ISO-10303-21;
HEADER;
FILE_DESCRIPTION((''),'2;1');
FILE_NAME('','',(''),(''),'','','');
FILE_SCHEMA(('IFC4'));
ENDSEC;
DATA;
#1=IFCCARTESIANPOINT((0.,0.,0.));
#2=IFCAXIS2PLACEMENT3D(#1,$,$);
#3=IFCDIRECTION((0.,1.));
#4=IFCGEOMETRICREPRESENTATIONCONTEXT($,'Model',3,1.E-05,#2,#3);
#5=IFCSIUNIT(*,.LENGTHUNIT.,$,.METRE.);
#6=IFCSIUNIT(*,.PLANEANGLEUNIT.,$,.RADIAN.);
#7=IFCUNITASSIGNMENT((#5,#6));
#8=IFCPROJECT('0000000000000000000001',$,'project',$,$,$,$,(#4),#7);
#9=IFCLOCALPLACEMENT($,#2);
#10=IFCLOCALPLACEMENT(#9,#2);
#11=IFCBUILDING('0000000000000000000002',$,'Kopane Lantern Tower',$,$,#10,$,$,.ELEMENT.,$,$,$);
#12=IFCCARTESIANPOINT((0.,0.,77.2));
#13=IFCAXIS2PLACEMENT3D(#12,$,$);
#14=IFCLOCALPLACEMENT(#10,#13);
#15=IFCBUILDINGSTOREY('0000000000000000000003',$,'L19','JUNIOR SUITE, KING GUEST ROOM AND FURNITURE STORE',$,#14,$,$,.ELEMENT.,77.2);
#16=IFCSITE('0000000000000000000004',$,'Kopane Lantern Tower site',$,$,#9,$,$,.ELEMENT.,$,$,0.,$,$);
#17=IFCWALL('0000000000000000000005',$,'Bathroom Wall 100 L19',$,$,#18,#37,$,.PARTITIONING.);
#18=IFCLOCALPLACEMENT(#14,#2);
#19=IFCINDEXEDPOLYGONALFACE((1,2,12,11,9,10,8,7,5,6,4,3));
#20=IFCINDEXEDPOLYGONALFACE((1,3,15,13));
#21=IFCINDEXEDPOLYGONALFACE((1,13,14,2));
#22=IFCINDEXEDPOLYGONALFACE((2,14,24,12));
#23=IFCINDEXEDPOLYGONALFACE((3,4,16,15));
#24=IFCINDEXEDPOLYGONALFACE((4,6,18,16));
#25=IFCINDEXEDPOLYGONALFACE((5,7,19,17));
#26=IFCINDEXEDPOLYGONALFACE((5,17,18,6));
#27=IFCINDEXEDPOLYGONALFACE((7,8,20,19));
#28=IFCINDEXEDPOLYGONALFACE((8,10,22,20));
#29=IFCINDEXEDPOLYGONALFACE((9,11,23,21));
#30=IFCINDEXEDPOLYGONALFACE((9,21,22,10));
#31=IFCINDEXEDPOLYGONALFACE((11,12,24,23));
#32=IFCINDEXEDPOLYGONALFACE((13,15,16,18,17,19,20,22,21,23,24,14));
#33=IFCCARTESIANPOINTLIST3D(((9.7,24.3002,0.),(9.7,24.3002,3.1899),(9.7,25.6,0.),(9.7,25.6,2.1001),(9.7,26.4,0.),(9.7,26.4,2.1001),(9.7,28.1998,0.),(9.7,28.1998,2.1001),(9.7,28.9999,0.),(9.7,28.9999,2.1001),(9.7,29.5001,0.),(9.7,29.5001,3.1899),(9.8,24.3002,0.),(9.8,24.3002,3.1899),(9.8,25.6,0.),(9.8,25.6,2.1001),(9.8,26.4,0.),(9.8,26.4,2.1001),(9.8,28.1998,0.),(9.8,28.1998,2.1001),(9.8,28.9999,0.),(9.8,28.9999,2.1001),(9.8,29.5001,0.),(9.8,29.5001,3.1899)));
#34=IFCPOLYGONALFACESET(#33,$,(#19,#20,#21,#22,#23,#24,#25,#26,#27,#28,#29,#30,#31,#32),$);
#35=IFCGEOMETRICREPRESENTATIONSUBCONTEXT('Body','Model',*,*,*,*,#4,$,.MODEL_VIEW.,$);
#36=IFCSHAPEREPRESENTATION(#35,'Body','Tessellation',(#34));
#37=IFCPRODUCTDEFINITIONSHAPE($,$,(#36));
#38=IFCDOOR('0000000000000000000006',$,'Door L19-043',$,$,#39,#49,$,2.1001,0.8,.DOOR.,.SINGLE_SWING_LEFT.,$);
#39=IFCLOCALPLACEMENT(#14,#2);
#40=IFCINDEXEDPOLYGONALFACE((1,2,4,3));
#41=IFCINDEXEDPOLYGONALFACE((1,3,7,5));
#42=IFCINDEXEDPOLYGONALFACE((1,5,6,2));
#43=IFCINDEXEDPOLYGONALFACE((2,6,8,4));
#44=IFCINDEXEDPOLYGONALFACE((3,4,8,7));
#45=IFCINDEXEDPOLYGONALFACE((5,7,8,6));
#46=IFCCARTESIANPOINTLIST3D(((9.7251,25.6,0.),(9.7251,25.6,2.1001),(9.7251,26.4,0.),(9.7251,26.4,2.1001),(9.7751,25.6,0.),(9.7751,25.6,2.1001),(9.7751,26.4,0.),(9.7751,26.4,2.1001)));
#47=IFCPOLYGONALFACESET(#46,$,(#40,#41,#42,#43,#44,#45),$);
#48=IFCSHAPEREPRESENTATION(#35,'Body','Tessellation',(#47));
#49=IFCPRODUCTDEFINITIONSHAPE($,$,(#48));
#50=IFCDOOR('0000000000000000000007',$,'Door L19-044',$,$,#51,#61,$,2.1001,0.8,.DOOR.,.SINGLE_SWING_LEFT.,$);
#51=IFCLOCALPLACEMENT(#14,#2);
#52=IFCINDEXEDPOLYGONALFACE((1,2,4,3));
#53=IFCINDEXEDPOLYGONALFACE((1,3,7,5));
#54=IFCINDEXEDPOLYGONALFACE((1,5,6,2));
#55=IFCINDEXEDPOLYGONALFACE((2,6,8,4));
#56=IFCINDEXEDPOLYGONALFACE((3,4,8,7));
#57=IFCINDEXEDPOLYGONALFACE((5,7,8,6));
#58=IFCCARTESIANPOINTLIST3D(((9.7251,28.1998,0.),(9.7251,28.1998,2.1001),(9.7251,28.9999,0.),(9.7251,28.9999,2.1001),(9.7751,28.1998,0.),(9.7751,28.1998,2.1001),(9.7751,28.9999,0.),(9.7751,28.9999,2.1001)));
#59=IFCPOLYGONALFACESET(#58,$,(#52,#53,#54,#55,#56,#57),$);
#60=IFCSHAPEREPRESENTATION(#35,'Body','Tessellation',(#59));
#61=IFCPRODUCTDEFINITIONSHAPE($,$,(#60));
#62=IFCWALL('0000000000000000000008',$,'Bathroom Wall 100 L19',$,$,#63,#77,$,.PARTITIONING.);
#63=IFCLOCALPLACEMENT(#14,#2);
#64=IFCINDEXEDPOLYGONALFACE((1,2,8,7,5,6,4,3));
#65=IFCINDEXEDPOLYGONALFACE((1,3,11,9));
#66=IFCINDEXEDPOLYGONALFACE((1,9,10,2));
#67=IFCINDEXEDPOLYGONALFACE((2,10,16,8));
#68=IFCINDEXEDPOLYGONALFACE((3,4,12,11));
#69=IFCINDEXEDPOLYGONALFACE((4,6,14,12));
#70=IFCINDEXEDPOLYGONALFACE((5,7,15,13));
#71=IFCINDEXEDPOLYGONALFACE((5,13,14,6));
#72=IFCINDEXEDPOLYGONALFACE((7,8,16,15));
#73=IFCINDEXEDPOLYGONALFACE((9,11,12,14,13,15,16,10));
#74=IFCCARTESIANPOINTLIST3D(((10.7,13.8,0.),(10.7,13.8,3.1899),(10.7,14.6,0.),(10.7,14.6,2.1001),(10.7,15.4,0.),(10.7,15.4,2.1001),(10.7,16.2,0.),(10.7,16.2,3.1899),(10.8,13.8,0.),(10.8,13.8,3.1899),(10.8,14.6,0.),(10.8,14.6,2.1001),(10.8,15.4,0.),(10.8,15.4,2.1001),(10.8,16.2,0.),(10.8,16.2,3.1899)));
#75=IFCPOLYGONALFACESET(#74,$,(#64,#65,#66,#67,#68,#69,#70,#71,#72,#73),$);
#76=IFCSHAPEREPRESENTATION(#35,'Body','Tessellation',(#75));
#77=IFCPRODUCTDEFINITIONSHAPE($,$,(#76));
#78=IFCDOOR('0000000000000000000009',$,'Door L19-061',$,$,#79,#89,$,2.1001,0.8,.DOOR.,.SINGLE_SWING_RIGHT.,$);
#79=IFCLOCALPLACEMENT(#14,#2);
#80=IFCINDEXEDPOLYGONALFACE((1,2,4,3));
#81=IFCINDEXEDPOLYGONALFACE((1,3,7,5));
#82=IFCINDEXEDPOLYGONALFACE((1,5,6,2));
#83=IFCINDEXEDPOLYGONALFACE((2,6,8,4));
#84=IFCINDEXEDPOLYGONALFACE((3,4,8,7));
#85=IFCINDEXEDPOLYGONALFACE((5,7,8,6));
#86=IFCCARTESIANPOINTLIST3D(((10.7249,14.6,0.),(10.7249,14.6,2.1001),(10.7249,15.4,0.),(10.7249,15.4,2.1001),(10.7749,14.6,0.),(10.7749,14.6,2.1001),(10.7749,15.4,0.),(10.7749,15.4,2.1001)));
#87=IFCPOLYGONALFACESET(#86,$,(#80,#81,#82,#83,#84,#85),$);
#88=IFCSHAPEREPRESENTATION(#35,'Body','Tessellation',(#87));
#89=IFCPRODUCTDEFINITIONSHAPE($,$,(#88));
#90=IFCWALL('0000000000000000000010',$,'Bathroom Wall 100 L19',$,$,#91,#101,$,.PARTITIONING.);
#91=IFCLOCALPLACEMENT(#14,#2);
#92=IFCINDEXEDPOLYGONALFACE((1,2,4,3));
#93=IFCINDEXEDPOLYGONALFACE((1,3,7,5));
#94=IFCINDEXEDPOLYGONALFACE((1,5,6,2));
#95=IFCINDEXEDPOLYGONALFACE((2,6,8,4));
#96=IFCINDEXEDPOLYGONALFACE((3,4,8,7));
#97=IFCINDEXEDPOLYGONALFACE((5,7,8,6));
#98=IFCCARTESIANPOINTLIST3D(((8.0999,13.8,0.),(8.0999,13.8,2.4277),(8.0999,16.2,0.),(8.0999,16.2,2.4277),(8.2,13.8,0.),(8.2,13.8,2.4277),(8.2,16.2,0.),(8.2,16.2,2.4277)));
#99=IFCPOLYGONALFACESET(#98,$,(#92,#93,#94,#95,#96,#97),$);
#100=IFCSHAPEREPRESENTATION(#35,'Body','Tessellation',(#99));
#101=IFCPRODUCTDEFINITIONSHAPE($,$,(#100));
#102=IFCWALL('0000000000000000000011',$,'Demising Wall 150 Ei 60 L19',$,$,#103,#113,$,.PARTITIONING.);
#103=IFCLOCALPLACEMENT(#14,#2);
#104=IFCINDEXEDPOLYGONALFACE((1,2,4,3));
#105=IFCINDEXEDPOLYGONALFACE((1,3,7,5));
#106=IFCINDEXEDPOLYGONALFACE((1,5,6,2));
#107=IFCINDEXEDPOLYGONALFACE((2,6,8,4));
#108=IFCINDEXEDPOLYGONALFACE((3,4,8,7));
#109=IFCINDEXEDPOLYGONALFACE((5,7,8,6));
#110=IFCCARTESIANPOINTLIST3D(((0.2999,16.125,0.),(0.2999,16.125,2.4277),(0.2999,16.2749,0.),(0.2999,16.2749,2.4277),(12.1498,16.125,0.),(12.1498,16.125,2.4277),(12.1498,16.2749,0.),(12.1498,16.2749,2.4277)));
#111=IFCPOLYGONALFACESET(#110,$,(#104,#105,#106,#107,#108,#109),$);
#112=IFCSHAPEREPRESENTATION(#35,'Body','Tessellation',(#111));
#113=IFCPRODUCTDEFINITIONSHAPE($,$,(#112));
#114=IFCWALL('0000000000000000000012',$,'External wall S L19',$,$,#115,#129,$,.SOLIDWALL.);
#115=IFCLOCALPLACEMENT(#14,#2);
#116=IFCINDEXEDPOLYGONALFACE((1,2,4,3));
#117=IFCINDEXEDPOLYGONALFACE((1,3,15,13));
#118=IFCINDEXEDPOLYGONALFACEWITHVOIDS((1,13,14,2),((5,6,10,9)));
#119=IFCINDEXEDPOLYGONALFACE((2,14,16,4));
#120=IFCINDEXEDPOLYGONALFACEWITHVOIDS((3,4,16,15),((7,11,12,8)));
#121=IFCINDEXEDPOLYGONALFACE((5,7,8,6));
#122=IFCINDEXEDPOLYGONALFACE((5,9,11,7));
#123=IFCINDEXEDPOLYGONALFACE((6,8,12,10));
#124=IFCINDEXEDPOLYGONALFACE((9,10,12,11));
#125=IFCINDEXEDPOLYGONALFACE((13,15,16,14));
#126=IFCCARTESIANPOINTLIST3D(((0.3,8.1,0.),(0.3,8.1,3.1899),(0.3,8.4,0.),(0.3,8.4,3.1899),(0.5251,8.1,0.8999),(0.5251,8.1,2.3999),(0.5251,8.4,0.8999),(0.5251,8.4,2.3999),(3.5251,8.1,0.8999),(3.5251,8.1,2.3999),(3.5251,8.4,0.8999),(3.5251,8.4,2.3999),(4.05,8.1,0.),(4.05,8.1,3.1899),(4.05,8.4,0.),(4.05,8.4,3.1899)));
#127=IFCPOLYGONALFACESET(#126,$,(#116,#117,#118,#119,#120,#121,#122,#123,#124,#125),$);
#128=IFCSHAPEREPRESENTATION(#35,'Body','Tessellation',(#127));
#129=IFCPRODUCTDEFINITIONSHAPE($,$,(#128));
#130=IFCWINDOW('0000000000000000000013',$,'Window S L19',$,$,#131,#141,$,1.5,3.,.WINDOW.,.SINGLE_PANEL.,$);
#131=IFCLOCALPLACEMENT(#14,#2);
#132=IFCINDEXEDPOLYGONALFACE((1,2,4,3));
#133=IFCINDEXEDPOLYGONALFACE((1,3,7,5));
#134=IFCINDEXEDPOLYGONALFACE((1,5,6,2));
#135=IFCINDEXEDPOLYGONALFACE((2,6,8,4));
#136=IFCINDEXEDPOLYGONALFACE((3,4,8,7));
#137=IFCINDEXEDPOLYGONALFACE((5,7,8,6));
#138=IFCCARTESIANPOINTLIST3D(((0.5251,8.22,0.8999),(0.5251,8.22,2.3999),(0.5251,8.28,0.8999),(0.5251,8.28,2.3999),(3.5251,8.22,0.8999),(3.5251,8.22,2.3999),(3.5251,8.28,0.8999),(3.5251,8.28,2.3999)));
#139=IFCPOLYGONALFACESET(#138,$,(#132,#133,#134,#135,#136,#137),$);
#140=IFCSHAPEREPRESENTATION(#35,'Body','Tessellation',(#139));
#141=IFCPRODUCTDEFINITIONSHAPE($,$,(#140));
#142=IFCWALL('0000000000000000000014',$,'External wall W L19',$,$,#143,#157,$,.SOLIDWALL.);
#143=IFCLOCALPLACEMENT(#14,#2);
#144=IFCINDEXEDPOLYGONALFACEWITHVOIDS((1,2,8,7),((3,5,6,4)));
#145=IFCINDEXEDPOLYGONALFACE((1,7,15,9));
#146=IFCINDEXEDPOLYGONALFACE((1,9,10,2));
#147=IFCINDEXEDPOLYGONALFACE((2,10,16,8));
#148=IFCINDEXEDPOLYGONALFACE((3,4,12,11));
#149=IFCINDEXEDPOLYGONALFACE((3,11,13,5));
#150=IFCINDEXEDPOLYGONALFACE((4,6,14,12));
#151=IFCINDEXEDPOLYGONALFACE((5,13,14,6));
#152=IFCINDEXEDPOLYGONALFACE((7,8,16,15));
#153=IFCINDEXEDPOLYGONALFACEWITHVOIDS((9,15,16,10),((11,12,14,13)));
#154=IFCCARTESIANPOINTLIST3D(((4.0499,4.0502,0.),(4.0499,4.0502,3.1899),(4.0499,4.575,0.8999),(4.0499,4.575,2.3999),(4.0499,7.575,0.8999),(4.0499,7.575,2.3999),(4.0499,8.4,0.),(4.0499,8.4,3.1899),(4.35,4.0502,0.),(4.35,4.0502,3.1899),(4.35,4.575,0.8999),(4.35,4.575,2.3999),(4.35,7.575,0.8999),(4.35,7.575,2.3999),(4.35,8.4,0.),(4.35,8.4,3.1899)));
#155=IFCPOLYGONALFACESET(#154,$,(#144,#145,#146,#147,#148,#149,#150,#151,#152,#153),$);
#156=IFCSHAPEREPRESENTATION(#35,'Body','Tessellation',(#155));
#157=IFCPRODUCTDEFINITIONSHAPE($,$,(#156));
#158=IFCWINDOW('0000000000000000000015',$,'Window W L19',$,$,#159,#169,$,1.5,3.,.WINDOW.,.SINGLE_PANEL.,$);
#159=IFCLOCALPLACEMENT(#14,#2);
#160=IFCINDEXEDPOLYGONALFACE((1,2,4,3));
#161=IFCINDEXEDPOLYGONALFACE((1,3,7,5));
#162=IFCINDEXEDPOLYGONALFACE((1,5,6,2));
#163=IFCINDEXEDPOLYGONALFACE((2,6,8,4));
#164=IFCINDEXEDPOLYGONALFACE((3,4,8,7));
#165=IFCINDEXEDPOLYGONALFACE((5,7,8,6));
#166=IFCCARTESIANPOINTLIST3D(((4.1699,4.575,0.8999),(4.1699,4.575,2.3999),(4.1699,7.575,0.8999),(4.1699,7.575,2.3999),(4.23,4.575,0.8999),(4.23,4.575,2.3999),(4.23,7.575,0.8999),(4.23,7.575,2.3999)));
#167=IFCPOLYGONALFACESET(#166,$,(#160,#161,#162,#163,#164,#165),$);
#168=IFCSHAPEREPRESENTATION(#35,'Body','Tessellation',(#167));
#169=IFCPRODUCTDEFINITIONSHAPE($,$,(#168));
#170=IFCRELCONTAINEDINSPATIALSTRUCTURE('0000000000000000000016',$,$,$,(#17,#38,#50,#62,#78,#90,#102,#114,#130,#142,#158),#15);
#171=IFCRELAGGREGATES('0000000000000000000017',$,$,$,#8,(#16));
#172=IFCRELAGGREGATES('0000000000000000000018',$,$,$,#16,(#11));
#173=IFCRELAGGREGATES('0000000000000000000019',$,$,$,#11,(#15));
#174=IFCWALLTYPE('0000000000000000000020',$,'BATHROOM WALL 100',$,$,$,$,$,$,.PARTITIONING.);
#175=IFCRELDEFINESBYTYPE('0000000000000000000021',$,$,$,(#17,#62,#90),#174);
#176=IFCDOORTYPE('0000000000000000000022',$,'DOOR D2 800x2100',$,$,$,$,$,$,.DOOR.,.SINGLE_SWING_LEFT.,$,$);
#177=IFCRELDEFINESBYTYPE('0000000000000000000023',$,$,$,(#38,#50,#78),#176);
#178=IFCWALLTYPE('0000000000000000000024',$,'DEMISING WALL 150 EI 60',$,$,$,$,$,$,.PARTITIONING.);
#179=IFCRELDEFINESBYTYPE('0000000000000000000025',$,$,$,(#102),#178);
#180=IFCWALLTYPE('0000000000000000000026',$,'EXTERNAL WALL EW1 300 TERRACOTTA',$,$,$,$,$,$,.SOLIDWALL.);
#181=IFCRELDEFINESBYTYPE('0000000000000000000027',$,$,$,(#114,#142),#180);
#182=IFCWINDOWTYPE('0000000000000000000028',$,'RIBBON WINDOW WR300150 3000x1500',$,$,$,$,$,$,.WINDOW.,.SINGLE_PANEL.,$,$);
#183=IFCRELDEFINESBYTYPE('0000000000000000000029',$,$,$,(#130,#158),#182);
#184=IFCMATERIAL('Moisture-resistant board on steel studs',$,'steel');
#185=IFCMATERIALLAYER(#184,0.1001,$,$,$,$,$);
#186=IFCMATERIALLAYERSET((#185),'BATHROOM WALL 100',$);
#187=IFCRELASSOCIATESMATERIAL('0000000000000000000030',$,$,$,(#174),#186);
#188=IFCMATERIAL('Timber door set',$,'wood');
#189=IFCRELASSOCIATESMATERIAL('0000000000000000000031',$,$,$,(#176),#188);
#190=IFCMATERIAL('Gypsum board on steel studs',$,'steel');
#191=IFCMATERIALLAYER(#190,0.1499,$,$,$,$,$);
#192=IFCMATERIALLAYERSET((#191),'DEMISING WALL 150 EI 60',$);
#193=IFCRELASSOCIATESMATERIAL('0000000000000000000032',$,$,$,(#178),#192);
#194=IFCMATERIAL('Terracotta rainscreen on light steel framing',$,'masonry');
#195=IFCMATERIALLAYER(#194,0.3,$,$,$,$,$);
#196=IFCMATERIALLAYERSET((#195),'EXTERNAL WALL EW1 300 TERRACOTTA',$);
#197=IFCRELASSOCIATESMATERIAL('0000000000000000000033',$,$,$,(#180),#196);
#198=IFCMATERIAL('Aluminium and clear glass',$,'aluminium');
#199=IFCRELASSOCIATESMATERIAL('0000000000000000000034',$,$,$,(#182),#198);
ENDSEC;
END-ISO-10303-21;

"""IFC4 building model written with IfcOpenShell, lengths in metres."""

from ifc_helpers import new_model, si_unit, direction, frame, frame_2d, origin, place, context, subcontext, project, spatial, rectangle, extrude, material, layer, layer_set, type_object, element, fill, save


model = new_model("IFC4")

# Units and contexts
model_context = context("Model", 3, precision=1e-05, world=origin(), true_north=direction((0.0, 1.0)))
body_context = subcontext(model_context, "Body", "Model", "MODEL_VIEW")
ifc_project = project(units=[si_unit("LENGTHUNIT", "METRE"), si_unit("PLANEANGLEUNIT", "RADIAN")], contexts=[model_context])

# Site, building, storey
site_placement = place(None, origin())
site = spatial("IfcSite", under=ifc_project, at=site_placement, Name="Kopane Lantern Tower site", CompositionType="ELEMENT", RefElevation=0.0)
building_placement = place(site_placement, origin())
building = spatial("IfcBuilding", under=site, at=building_placement, Name="Kopane Lantern Tower", CompositionType="ELEMENT")
storey_placement = place(building_placement, frame((0.0, 0.0, 77.2)))
storey = spatial("IfcBuildingStorey", under=building, at=storey_placement, Name="L19", Description="JUNIOR SUITE, KING GUEST ROOM AND FURNITURE STORE", CompositionType="ELEMENT", Elevation=77.2)

# Shared definitions
ifc_material_1 = material(Name="Moisture-resistant board on steel studs", Category="steel")
ifc_layer_1 = layer(ifc_material_1, 0.1001)
ifc_layer_set_1 = layer_set([ifc_layer_1], Name="BATHROOM WALL 100")
wall_type_1 = type_object("IfcWallType", Name="BATHROOM WALL 100", PredefinedType="PARTITIONING", material=ifc_layer_set_1)

# Wall, openings, doors
wall_1_placement = place(storey_placement, frame((9.75, 24.3, 0.0), z_axis=(0.0, 0.0, 1.0), x_axis=(0.0, 1.0, 0.0)))
wall_1 = element("IfcWall", 1, at=wall_1_placement, inside=storey, type_object=wall_type_1, Name="Bathroom Wall 100 L19", PredefinedType="PARTITIONING", context=body_context, shape_type="SweptSolid", body=[
    extrude(rectangle(XDim=5.2, YDim=0.1001, at=frame_2d((2.6001, 0.0))), origin(), (0.0, 0.0, 1.0), 3.1899),
])
opening_1_placement = place(wall_1_placement, frame((1.3, 0.0, 0.0)))
opening_1 = element("IfcOpeningElement", 2, at=opening_1_placement, cuts=wall_1, PredefinedType="OPENING", context=body_context, shape_type="SweptSolid", body=[
    extrude(rectangle(XDim=0.8, YDim=2.1001, at=frame_2d((0.3999, 1.05))), frame((0.0, 0.0601, 0.0), z_axis=(0.0, -1.0, 0.0), x_axis=(1.0, 0.0, 0.0)), (0.0, 0.0, 1.0), 0.1201),
])
opening_2_placement = place(wall_1_placement, frame((3.8999, 0.0, 0.0)))
opening_2 = element("IfcOpeningElement", 3, at=opening_2_placement, cuts=wall_1, PredefinedType="OPENING", context=body_context, shape_type="SweptSolid", body=[
    extrude(rectangle(XDim=0.8, YDim=2.1001, at=frame_2d((0.3999, 1.05))), frame((0.0, 0.0601, 0.0), z_axis=(0.0, -1.0, 0.0), x_axis=(1.0, 0.0, 0.0)), (0.0, 0.0, 1.0), 0.1201),
])
ifc_material_2 = material(Name="Timber door set", Category="wood")
door_type_1 = type_object("IfcDoorType", Name="DOOR D2 800x2100", OperationType="SINGLE_SWING_LEFT", PredefinedType="DOOR", material=ifc_material_2)
door_1_placement = place(opening_1_placement, origin())
door_1 = element("IfcDoor", 4, at=door_1_placement, inside=storey, type_object=door_type_1, Name="Door L19-043", OperationType="SINGLE_SWING_LEFT", OverallHeight=2.1001, OverallWidth=0.8, PredefinedType="DOOR", context=body_context, shape_type="SweptSolid", body=[
    extrude(rectangle(XDim=0.8, YDim=2.1001, at=frame_2d((0.3999, 1.05))), frame((0.0, 0.0249, 0.0), z_axis=(0.0, -1.0, 0.0), x_axis=(1.0, 0.0, 0.0)), (0.0, 0.0, 1.0), 0.05),
])
fill(opening_1, door_1)
door_2_placement = place(opening_2_placement, origin())
door_2 = element("IfcDoor", 5, at=door_2_placement, inside=storey, type_object=door_type_1, Name="Door L19-044", OperationType="SINGLE_SWING_LEFT", OverallHeight=2.1001, OverallWidth=0.8, PredefinedType="DOOR", context=body_context, shape_type="SweptSolid", body=[
    extrude(rectangle(XDim=0.8, YDim=2.1001, at=frame_2d((0.3999, 1.05))), frame((0.0, 0.0249, 0.0), z_axis=(0.0, -1.0, 0.0), x_axis=(1.0, 0.0, 0.0)), (0.0, 0.0, 1.0), 0.05),
])
fill(opening_2, door_2)

# Wall, opening, door
wall_2_placement = place(storey_placement, frame((10.75, 16.2, 0.0), z_axis=(0.0, 0.0, 1.0), x_axis=(0.0, -1.0, 0.0)))
wall_2 = element("IfcWall", 6, at=wall_2_placement, inside=storey, type_object=wall_type_1, Name="Bathroom Wall 100 L19", PredefinedType="PARTITIONING", context=body_context, shape_type="SweptSolid", body=[
    extrude(rectangle(XDim=2.3999, YDim=0.1001, at=frame_2d((1.2, 0.0))), origin(), (0.0, 0.0, 1.0), 3.1899),
])
opening_3_placement = place(wall_2_placement, frame((0.8, 0.0, 0.0)))
opening_3 = element("IfcOpeningElement", 7, at=opening_3_placement, cuts=wall_2, PredefinedType="OPENING", context=body_context, shape_type="SweptSolid", body=[
    extrude(rectangle(XDim=0.8, YDim=2.1001, at=frame_2d((0.3999, 1.05))), frame((0.0, 0.0601, 0.0), z_axis=(0.0, -1.0, 0.0), x_axis=(1.0, 0.0, 0.0)), (0.0, 0.0, 1.0), 0.1201),
])
door_3_placement = place(opening_3_placement, origin())
door_3 = element("IfcDoor", 8, at=door_3_placement, inside=storey, type_object=door_type_1, Name="Door L19-061", OperationType="SINGLE_SWING_RIGHT", OverallHeight=2.1001, OverallWidth=0.8, PredefinedType="DOOR", context=body_context, shape_type="SweptSolid", body=[
    extrude(rectangle(XDim=0.8, YDim=2.1001, at=frame_2d((0.3999, 1.05))), frame((0.0, 0.0249, 0.0), z_axis=(0.0, -1.0, 0.0), x_axis=(1.0, 0.0, 0.0)), (0.0, 0.0, 1.0), 0.05),
])
fill(opening_3, door_3)

# Walls
wall_3_placement = place(storey_placement, frame((8.1499, 16.2, 0.0), z_axis=(0.0, 0.0, 1.0), x_axis=(0.0, -1.0, 0.0)))
element("IfcWall", 9, at=wall_3_placement, inside=storey, type_object=wall_type_1, Name="Bathroom Wall 100 L19", PredefinedType="PARTITIONING", context=body_context, shape_type="SweptSolid", body=[
    extrude(rectangle(XDim=2.3999, YDim=0.1001, at=frame_2d((1.2, 0.0))), origin(), (0.0, 0.0, 1.0), 2.4277),
])
ifc_material_3 = material(Name="Gypsum board on steel studs", Category="steel")
ifc_layer_2 = layer(ifc_material_3, 0.1499)
ifc_layer_set_2 = layer_set([ifc_layer_2], Name="DEMISING WALL 150 EI 60")
wall_type_2 = type_object("IfcWallType", Name="DEMISING WALL 150 EI 60", PredefinedType="PARTITIONING", material=ifc_layer_set_2)
wall_4_placement = place(storey_placement, frame((0.3, 16.2, 0.0), z_axis=(0.0, 0.0, 1.0), x_axis=(1.0, 0.0, 0.0)))
element("IfcWall", 10, at=wall_4_placement, inside=storey, type_object=wall_type_2, Name="Demising Wall 150 Ei 60 L19", PredefinedType="PARTITIONING", context=body_context, shape_type="SweptSolid", body=[
    extrude(rectangle(XDim=11.8499, YDim=0.1499, at=frame_2d((5.9248, 0.0))), origin(), (0.0, 0.0, 1.0), 2.4277),
])

# Walls, openings, windows
ifc_material_4 = material(Name="Terracotta rainscreen on light steel framing", Category="masonry")
ifc_layer_3 = layer(ifc_material_4, 0.3)
ifc_layer_set_3 = layer_set([ifc_layer_3], Name="EXTERNAL WALL EW1 300 TERRACOTTA")
wall_type_3 = type_object("IfcWallType", Name="EXTERNAL WALL EW1 300 TERRACOTTA", PredefinedType="SOLIDWALL", material=ifc_layer_set_3)
wall_5_placement = place(storey_placement, frame((0.3, 8.25, 0.0), z_axis=(0.0, 0.0, 1.0), x_axis=(1.0, 0.0, 0.0)))
wall_5 = element("IfcWall", 11, at=wall_5_placement, inside=storey, type_object=wall_type_3, Name="External wall S L19", PredefinedType="SOLIDWALL", context=body_context, shape_type="SweptSolid", body=[
    extrude(rectangle(XDim=3.75, YDim=0.3, at=frame_2d((1.875, 0.0))), origin(), (0.0, 0.0, 1.0), 3.1899),
])
opening_4_placement = place(wall_5_placement, frame((0.2251, 0.0, 0.8999)))
opening_4 = element("IfcOpeningElement", 12, at=opening_4_placement, cuts=wall_5, PredefinedType="OPENING", context=body_context, shape_type="SweptSolid", body=[
    extrude(rectangle(XDim=3.0, YDim=1.5, at=frame_2d((1.5, 0.75))), frame((0.0, 0.1599, 0.0), z_axis=(0.0, -1.0, 0.0), x_axis=(1.0, 0.0, 0.0)), (0.0, 0.0, 1.0), 0.3201),
])
ifc_material_5 = material(Name="Aluminium and clear glass", Category="aluminium")
window_type = type_object("IfcWindowType", Name="RIBBON WINDOW WR300150 3000x1500", PartitioningType="SINGLE_PANEL", PredefinedType="WINDOW", material=ifc_material_5)
window_1_placement = place(opening_4_placement, origin())
window_1 = element("IfcWindow", 13, at=window_1_placement, inside=storey, type_object=window_type, Name="Window S L19", OverallHeight=1.5, OverallWidth=3.0, PartitioningType="SINGLE_PANEL", PredefinedType="WINDOW", context=body_context, shape_type="SweptSolid", body=[
    extrude(rectangle(XDim=3.0, YDim=1.5, at=frame_2d((1.5, 0.75))), frame((0.0, 0.03, 0.0), z_axis=(0.0, -1.0, 0.0), x_axis=(1.0, 0.0, 0.0)), (0.0, 0.0, 1.0), 0.0601),
])
fill(opening_4, window_1)
wall_6_placement = place(storey_placement, frame((4.2, 8.3999, 0.0), z_axis=(0.0, 0.0, 1.0), x_axis=(0.0, -1.0, 0.0)))
wall_6 = element("IfcWall", 14, at=wall_6_placement, inside=storey, type_object=wall_type_3, Name="External wall W L19", PredefinedType="SOLIDWALL", context=body_context, shape_type="SweptSolid", body=[
    extrude(rectangle(XDim=4.3499, YDim=0.3, at=frame_2d((2.1748, 0.0))), origin(), (0.0, 0.0, 1.0), 3.1899),
])
opening_5_placement = place(wall_6_placement, frame((0.825, 0.0, 0.8999)))
opening_5 = element("IfcOpeningElement", 15, at=opening_5_placement, cuts=wall_6, PredefinedType="OPENING", context=body_context, shape_type="SweptSolid", body=[
    extrude(rectangle(XDim=3.0, YDim=1.5, at=frame_2d((1.5, 0.75))), frame((0.0, 0.1599, 0.0), z_axis=(0.0, -1.0, 0.0), x_axis=(1.0, 0.0, 0.0)), (0.0, 0.0, 1.0), 0.3201),
])
window_2_placement = place(opening_5_placement, origin())
window_2 = element("IfcWindow", 16, at=window_2_placement, inside=storey, type_object=window_type, Name="Window W L19", OverallHeight=1.5, OverallWidth=3.0, PartitioningType="SINGLE_PANEL", PredefinedType="WINDOW", context=body_context, shape_type="SweptSolid", body=[
    extrude(rectangle(XDim=3.0, YDim=1.5, at=frame_2d((1.5, 0.75))), frame((0.0, 0.03, 0.0), z_axis=(0.0, -1.0, 0.0), x_axis=(1.0, 0.0, 0.0)), (0.0, 0.0, 1.0), 0.0601),
])
fill(opening_5, window_2)

save(model, "model.ifc")
